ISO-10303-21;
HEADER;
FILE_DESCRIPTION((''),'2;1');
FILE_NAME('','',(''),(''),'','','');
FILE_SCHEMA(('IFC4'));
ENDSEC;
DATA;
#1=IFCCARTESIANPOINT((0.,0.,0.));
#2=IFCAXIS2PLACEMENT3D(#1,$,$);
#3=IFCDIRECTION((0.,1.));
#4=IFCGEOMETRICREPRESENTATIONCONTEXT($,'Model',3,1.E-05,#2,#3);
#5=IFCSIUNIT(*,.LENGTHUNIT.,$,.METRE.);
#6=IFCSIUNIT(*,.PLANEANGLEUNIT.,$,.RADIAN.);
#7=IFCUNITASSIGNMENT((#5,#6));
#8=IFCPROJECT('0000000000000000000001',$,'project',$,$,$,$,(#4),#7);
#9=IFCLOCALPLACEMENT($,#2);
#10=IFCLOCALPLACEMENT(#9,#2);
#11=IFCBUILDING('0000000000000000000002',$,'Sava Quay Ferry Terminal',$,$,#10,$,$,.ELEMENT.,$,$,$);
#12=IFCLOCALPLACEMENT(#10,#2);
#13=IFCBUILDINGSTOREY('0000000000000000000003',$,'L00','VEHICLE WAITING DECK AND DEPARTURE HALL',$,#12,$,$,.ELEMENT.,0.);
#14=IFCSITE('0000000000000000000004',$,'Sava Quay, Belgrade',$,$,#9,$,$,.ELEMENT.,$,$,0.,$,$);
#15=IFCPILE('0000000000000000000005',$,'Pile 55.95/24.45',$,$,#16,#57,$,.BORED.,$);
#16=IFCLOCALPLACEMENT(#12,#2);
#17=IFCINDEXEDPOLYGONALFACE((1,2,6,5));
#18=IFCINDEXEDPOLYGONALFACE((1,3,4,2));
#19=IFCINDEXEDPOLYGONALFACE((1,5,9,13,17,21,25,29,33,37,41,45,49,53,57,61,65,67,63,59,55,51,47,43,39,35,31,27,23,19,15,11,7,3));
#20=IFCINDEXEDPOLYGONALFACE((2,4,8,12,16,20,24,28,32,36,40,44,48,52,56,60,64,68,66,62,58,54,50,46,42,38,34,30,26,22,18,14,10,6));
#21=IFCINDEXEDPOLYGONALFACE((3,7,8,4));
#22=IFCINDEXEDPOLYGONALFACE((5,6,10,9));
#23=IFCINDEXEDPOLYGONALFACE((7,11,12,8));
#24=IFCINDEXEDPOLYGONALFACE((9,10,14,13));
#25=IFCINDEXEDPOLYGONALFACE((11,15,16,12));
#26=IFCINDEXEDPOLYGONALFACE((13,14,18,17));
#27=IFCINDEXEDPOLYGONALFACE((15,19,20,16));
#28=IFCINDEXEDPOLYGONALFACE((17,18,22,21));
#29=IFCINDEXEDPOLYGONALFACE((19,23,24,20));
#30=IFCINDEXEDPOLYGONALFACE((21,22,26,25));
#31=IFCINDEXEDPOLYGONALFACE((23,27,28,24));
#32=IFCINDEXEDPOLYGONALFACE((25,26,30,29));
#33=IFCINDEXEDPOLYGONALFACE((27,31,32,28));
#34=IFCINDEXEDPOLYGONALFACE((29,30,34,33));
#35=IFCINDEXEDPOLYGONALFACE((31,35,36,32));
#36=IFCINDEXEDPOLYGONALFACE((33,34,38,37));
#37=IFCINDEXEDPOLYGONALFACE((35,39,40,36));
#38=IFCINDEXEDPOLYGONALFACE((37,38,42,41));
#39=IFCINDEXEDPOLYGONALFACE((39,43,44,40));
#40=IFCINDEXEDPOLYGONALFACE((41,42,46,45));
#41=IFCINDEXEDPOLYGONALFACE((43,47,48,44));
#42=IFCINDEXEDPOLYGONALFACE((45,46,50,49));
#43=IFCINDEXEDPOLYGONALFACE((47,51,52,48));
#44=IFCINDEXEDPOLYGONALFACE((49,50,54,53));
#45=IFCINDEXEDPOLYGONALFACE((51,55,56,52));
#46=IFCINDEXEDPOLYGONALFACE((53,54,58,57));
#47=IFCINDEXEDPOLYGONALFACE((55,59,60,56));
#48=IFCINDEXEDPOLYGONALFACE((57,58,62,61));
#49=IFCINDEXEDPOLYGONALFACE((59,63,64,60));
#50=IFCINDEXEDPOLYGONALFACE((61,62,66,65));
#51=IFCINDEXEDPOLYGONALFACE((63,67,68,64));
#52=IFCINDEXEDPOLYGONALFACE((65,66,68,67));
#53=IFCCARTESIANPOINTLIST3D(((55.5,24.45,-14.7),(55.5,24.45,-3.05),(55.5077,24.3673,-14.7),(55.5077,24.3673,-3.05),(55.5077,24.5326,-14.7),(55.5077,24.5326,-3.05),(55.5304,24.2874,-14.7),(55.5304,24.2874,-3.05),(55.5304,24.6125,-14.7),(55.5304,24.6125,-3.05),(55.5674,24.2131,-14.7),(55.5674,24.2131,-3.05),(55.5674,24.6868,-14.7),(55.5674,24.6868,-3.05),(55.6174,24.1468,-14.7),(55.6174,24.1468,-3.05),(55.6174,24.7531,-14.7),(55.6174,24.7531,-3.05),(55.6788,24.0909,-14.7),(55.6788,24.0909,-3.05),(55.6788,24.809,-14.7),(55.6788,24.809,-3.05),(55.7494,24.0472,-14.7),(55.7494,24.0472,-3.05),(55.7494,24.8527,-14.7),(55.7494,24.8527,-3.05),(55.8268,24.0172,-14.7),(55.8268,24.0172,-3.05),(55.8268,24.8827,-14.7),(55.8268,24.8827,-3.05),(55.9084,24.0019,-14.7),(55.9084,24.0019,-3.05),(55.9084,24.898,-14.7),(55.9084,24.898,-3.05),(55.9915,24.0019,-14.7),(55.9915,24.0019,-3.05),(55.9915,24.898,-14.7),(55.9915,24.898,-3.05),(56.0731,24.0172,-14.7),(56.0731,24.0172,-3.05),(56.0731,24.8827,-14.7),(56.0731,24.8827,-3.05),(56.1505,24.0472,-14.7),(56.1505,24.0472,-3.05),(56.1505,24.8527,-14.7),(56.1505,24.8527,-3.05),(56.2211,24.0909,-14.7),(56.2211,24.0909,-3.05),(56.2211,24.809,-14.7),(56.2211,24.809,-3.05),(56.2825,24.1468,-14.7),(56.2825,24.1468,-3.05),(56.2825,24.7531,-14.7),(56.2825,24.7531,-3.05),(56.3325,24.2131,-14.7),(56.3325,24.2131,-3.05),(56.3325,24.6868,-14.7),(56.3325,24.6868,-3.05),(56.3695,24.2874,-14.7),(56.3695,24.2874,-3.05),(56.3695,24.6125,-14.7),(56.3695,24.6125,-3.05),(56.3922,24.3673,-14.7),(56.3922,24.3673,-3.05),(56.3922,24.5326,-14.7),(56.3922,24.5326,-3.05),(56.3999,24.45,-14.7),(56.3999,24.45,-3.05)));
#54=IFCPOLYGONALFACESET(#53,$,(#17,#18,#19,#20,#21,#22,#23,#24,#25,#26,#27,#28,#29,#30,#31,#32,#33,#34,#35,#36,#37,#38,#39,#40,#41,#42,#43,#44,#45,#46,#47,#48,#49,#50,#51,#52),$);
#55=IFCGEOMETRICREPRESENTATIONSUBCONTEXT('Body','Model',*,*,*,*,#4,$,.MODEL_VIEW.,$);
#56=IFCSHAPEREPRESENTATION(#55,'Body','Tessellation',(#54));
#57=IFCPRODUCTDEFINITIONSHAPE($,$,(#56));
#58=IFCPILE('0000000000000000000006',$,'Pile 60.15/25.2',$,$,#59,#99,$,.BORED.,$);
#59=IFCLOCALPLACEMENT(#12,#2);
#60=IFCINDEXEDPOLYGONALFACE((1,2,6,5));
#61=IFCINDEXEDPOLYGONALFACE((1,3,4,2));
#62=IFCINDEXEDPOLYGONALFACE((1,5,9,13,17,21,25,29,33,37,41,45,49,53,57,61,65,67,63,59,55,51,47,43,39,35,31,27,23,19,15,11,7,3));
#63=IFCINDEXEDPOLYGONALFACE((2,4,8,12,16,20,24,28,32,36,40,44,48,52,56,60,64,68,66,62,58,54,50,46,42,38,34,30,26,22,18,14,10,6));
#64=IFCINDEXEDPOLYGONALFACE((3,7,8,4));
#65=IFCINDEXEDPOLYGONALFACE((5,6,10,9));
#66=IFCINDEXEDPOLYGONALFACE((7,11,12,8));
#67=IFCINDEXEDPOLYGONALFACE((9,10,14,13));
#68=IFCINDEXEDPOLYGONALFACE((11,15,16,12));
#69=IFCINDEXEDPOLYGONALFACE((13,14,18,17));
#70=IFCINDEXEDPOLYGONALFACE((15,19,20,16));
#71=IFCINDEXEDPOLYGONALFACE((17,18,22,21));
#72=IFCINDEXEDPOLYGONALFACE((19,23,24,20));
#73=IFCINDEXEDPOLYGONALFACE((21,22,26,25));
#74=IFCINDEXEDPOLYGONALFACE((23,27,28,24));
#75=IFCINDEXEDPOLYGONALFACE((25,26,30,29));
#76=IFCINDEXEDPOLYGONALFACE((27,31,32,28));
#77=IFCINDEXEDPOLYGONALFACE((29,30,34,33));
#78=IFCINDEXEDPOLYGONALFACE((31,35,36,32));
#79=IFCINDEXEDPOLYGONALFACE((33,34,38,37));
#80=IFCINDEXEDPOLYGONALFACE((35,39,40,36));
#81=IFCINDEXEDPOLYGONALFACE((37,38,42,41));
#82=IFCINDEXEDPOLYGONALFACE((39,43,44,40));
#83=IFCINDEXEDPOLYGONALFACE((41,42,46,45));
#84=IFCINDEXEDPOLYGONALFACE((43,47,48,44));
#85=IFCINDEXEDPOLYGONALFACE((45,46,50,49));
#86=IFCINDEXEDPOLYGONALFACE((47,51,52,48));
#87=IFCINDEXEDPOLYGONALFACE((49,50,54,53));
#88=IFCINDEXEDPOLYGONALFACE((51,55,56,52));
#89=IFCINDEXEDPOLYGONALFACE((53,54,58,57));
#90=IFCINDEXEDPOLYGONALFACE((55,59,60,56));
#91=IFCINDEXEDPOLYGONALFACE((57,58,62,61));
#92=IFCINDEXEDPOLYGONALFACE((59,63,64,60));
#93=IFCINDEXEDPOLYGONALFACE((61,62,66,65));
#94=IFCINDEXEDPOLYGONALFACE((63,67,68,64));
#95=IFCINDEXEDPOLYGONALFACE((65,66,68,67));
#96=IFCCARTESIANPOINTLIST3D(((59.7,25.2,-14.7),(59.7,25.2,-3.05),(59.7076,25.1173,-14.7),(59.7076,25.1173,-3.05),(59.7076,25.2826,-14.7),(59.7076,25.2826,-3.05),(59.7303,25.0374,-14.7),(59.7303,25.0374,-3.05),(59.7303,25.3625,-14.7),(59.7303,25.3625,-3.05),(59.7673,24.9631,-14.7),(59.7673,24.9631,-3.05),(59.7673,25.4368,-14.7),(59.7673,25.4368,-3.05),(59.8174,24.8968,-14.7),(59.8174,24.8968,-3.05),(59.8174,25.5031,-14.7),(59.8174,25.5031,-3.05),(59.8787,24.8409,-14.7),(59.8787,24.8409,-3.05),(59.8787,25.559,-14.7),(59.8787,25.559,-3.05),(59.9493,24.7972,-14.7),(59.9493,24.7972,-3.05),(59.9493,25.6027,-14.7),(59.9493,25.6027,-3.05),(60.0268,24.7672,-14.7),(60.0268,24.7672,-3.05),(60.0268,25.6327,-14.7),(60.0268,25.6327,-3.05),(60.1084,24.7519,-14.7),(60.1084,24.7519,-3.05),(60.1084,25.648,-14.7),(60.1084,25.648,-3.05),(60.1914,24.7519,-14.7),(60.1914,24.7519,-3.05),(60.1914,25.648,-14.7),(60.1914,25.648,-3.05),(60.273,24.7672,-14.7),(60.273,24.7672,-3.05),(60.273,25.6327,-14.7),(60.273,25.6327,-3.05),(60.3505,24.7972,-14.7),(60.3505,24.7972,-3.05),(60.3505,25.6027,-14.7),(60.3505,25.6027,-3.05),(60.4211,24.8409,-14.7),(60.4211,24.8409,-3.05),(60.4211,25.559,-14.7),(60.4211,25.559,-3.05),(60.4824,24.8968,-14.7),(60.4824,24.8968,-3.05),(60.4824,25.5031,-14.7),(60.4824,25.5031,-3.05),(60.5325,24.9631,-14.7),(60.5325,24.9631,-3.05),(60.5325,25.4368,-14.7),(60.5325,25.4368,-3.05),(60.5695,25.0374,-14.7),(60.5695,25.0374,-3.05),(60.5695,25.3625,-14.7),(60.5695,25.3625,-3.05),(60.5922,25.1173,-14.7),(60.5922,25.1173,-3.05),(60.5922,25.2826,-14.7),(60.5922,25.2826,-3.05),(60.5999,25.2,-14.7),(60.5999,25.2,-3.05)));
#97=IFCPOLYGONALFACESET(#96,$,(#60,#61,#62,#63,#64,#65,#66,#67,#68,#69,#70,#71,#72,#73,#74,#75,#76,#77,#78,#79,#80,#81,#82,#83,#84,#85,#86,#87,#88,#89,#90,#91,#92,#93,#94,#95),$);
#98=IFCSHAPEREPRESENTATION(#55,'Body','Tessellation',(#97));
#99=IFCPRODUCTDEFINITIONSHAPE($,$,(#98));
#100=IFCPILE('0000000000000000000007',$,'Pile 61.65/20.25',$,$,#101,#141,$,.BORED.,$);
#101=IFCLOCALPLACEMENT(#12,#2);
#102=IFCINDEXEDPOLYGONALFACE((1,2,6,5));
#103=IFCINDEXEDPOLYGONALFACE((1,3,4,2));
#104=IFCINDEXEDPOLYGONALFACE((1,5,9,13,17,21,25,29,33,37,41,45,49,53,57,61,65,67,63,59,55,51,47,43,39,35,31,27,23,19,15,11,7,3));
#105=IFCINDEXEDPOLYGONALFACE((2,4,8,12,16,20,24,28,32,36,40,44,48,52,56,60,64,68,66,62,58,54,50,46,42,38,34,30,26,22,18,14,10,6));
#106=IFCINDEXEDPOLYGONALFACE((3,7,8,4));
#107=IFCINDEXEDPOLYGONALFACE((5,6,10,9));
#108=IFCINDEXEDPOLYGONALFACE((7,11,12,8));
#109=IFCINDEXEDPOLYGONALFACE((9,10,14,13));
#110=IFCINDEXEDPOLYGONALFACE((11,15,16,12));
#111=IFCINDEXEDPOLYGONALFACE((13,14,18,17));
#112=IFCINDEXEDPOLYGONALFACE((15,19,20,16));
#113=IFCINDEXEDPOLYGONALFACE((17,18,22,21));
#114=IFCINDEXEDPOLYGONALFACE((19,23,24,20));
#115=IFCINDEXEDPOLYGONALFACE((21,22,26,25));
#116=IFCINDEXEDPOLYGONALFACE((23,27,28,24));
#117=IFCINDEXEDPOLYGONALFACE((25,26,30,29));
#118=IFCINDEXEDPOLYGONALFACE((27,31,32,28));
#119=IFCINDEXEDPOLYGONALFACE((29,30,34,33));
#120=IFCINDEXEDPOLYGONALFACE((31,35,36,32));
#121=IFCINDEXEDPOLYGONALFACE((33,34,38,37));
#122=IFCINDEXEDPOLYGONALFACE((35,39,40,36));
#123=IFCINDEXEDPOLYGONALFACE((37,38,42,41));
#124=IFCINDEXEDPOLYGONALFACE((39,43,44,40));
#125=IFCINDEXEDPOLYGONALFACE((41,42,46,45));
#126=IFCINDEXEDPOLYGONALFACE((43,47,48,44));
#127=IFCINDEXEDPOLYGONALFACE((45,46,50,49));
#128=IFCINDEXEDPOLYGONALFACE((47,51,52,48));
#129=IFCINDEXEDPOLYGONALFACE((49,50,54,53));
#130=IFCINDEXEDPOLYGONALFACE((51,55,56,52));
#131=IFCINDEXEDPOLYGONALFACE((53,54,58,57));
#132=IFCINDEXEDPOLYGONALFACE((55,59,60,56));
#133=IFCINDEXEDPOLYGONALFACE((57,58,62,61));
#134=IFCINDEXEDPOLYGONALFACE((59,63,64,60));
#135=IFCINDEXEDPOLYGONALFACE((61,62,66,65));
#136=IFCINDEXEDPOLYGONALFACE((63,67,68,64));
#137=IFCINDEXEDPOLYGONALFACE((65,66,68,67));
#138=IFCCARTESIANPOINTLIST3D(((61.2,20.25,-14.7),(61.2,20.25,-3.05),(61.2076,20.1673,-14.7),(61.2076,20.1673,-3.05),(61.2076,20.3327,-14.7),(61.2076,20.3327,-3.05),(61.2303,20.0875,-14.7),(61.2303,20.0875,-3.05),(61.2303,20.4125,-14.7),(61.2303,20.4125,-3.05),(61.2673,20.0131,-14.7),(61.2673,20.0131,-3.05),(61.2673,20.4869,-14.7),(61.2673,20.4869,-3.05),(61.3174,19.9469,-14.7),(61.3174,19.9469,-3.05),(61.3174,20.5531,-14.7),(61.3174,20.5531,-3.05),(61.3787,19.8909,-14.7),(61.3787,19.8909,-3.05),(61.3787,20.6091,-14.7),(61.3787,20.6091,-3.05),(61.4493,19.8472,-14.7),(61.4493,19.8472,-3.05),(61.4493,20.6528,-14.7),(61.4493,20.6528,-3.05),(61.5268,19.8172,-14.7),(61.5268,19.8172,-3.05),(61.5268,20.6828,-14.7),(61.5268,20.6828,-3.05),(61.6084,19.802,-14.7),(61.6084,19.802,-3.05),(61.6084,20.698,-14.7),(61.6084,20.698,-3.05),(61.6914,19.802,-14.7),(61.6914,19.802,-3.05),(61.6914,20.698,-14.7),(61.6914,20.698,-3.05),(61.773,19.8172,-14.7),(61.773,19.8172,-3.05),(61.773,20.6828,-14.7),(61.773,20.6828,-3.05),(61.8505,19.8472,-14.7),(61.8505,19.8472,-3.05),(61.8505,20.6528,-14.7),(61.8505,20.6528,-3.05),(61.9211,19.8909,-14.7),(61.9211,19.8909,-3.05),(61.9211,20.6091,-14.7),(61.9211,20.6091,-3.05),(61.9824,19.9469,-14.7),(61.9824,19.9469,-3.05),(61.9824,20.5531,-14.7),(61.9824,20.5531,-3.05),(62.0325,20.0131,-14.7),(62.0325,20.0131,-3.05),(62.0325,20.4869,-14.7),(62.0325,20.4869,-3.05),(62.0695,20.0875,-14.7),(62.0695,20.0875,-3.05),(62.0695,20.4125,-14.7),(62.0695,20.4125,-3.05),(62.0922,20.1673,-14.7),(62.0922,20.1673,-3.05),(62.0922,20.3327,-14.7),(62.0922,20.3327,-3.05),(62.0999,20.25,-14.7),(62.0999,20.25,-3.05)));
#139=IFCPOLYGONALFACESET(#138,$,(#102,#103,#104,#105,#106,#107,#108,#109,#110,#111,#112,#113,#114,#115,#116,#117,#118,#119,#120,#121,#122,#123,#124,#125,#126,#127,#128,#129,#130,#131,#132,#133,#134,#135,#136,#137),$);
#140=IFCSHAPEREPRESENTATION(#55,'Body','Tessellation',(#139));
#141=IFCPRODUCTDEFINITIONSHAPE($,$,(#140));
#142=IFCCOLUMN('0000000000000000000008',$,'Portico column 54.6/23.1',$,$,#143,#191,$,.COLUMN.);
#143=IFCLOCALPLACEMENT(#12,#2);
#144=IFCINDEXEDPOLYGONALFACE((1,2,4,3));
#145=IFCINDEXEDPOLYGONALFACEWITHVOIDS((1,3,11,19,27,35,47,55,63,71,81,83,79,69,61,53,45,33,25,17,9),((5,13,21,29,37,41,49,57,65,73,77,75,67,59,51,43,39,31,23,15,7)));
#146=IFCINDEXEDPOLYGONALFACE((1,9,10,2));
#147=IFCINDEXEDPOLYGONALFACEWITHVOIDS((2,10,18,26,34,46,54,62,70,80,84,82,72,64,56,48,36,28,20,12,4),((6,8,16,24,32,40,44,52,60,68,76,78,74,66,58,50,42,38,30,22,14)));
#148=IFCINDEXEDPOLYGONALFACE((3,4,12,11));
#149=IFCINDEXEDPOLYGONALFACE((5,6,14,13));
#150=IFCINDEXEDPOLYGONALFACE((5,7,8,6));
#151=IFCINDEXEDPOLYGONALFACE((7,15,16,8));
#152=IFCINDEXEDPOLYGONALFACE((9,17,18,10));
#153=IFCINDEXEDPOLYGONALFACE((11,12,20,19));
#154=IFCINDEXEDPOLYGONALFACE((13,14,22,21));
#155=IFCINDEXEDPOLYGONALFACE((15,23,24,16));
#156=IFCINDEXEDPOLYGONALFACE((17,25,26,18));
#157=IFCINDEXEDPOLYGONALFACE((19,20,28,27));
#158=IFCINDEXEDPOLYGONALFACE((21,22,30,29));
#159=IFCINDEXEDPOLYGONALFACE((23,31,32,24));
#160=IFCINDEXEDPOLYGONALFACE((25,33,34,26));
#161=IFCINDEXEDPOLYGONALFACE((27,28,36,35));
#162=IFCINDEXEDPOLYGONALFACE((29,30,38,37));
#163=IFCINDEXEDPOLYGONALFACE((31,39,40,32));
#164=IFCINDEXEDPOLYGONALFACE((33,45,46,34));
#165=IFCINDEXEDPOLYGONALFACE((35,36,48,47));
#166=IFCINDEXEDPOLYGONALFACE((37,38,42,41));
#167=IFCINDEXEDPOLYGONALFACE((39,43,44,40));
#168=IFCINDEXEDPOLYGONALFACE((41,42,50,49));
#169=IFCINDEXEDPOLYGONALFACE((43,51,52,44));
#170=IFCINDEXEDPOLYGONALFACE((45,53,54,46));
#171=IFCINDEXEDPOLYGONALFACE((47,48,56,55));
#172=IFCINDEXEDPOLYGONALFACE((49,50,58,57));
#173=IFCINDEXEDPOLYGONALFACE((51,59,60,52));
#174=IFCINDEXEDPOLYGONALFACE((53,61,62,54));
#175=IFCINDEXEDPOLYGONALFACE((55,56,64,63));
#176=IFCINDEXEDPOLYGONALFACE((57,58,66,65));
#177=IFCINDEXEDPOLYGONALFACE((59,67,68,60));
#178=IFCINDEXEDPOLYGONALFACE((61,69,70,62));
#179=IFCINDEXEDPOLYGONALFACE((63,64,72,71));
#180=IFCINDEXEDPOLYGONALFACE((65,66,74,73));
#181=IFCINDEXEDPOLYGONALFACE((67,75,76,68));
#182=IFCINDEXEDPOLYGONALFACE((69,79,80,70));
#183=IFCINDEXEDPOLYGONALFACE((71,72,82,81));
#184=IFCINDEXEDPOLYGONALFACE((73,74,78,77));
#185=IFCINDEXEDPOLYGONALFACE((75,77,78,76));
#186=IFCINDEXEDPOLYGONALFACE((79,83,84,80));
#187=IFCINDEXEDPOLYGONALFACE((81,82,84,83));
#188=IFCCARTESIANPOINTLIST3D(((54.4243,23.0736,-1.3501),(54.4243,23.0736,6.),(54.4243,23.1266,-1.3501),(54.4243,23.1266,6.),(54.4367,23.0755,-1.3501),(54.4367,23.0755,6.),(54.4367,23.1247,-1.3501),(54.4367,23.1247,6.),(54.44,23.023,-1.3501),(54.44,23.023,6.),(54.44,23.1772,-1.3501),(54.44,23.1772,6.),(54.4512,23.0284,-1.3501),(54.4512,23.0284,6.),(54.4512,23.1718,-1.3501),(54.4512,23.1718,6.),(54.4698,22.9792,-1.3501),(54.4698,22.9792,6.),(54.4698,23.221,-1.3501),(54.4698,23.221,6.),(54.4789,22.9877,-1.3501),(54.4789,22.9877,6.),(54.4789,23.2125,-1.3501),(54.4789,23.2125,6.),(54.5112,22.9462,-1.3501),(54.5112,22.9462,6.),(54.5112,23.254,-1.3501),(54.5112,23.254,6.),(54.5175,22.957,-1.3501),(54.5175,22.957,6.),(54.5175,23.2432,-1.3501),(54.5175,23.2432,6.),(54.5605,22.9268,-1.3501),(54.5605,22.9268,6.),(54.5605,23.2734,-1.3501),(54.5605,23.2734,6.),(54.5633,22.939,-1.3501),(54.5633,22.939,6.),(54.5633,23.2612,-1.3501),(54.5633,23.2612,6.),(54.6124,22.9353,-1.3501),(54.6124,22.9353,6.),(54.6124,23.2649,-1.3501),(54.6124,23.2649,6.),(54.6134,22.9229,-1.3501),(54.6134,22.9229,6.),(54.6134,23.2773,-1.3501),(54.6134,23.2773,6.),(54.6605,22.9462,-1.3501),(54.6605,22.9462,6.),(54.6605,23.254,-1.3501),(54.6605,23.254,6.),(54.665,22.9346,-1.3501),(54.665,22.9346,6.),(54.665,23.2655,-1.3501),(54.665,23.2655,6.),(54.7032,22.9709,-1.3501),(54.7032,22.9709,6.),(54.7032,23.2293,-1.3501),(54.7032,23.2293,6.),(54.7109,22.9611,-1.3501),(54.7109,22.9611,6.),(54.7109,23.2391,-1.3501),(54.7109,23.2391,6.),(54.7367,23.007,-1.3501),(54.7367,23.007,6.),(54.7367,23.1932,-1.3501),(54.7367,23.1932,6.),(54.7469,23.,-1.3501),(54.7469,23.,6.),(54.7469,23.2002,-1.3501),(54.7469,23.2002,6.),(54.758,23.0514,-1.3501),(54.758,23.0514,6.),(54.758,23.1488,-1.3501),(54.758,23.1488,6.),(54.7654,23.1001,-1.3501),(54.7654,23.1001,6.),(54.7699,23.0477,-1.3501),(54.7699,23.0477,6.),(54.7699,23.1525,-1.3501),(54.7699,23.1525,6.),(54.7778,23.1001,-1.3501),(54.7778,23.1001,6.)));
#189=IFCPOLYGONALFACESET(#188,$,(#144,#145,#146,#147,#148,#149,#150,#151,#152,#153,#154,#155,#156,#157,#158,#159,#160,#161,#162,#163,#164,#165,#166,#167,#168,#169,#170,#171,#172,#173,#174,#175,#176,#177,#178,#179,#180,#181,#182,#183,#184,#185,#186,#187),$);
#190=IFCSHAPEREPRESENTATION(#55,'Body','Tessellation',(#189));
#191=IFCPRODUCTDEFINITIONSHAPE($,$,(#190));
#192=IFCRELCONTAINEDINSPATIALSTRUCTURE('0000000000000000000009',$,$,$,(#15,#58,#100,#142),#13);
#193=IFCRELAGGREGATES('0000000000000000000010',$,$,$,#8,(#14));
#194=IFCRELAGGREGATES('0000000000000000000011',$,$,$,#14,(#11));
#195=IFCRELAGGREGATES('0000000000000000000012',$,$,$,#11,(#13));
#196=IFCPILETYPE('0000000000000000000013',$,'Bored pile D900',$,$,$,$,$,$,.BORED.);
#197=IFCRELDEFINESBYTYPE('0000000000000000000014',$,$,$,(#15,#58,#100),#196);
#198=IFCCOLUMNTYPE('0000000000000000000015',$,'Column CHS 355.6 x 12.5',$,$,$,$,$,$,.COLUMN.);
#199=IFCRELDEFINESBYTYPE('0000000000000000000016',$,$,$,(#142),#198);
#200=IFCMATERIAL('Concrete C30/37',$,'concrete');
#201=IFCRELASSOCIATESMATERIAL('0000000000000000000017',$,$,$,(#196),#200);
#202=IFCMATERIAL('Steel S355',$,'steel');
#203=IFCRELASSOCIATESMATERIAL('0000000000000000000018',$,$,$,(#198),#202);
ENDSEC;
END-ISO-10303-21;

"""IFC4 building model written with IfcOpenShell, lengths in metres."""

from ifc_helpers import new_model, si_unit, direction, frame, origin, origin_2d, place, context, subcontext, project, spatial, circle, hollow_circle, extrude, material, material_profile, profile_set, type_object, element, save


model = new_model("IFC4")

# Units and contexts
model_context = context("Model", 3, precision=1e-05, world=origin(), true_north=direction((0.0, 1.0)))
body_context = subcontext(model_context, "Body", "Model", "MODEL_VIEW")
ifc_project = project(units=[si_unit("LENGTHUNIT", "METRE"), si_unit("PLANEANGLEUNIT", "RADIAN")], contexts=[model_context])

# Site, building, storey
site_placement = place(None, origin())
site = spatial("IfcSite", under=ifc_project, at=site_placement, Name="Sava Quay, Belgrade", CompositionType="ELEMENT", RefElevation=0.0)
building_placement = place(site_placement, origin())
building = spatial("IfcBuilding", under=site, at=building_placement, Name="Sava Quay Ferry Terminal", CompositionType="ELEMENT")
storey_placement = place(building_placement, origin())
storey = spatial("IfcBuildingStorey", under=building, at=storey_placement, Name="L00", Description="VEHICLE WAITING DECK AND DEPARTURE HALL", CompositionType="ELEMENT", Elevation=0.0)

# Piles
ifc_material_1 = material(Name="Concrete C30/37", Category="concrete")
ifc_material_profile_1 = material_profile(ifc_material_1, circle(Radius=0.45, at=origin_2d()), Name="Bored pile D900")
ifc_profile_set_1 = profile_set([ifc_material_profile_1], Name="Concrete C30/37")
pile_type = type_object("IfcPileType", Name="Bored pile D900", PredefinedType="BORED", material=ifc_profile_set_1)
for number, where, z_axis, x_axis, name in (
    (1, (55.95, 24.45, -3.05), (0.0, 0.0, -1.0), (1.0, 0.0, 0.0), "Pile 55.95/24.45"),
    (2, (60.1499, 25.2, -3.05), (0.0, 0.0, -1.0), (1.0, 0.0, 0.0), "Pile 60.15/25.2"),
    (3, (61.6499, 20.25, -3.05), (0.0, 0.0, -1.0), (1.0, 0.0, 0.0), "Pile 61.65/20.25"),
):
    element("IfcPile", number, at=place(storey_placement, frame(where, z_axis=z_axis, x_axis=x_axis)), inside=storey, type_object=pile_type, Name=name, PredefinedType="BORED", context=body_context, shape_type="SweptSolid", body=[
        extrude(circle(Radius=0.45, at=origin_2d()), origin(), (0.0, 0.0, 1.0), 11.6499),
    ])

# Column
ifc_material_2 = material(Name="Steel S355", Category="steel")
ifc_material_profile_2 = material_profile(ifc_material_2, hollow_circle(Radius=0.1777, WallThickness=0.0125, at=origin_2d()), Name="CHS 355.6 x 12.5")
ifc_profile_set_2 = profile_set([ifc_material_profile_2], Name="Steel S355")
column_type = type_object("IfcColumnType", Name="Column CHS 355.6 x 12.5", PredefinedType="COLUMN", material=ifc_profile_set_2)
for number, where, z_axis, x_axis, name in (
    (4, (54.6001, 23.1001, -1.3501), (0.0, 0.0, 1.0), (1.0, 0.0, 0.0), "Portico column 54.6/23.1"),
):
    element("IfcColumn", number, at=place(storey_placement, frame(where, z_axis=z_axis, x_axis=x_axis)), inside=storey, type_object=column_type, Name=name, PredefinedType="COLUMN", context=body_context, shape_type="SweptSolid", body=[
        extrude(hollow_circle(Radius=0.1777, WallThickness=0.0125, at=origin_2d()), origin(), (0.0, 0.0, 1.0), 7.3501),
    ])

save(model, "model.ifc")
